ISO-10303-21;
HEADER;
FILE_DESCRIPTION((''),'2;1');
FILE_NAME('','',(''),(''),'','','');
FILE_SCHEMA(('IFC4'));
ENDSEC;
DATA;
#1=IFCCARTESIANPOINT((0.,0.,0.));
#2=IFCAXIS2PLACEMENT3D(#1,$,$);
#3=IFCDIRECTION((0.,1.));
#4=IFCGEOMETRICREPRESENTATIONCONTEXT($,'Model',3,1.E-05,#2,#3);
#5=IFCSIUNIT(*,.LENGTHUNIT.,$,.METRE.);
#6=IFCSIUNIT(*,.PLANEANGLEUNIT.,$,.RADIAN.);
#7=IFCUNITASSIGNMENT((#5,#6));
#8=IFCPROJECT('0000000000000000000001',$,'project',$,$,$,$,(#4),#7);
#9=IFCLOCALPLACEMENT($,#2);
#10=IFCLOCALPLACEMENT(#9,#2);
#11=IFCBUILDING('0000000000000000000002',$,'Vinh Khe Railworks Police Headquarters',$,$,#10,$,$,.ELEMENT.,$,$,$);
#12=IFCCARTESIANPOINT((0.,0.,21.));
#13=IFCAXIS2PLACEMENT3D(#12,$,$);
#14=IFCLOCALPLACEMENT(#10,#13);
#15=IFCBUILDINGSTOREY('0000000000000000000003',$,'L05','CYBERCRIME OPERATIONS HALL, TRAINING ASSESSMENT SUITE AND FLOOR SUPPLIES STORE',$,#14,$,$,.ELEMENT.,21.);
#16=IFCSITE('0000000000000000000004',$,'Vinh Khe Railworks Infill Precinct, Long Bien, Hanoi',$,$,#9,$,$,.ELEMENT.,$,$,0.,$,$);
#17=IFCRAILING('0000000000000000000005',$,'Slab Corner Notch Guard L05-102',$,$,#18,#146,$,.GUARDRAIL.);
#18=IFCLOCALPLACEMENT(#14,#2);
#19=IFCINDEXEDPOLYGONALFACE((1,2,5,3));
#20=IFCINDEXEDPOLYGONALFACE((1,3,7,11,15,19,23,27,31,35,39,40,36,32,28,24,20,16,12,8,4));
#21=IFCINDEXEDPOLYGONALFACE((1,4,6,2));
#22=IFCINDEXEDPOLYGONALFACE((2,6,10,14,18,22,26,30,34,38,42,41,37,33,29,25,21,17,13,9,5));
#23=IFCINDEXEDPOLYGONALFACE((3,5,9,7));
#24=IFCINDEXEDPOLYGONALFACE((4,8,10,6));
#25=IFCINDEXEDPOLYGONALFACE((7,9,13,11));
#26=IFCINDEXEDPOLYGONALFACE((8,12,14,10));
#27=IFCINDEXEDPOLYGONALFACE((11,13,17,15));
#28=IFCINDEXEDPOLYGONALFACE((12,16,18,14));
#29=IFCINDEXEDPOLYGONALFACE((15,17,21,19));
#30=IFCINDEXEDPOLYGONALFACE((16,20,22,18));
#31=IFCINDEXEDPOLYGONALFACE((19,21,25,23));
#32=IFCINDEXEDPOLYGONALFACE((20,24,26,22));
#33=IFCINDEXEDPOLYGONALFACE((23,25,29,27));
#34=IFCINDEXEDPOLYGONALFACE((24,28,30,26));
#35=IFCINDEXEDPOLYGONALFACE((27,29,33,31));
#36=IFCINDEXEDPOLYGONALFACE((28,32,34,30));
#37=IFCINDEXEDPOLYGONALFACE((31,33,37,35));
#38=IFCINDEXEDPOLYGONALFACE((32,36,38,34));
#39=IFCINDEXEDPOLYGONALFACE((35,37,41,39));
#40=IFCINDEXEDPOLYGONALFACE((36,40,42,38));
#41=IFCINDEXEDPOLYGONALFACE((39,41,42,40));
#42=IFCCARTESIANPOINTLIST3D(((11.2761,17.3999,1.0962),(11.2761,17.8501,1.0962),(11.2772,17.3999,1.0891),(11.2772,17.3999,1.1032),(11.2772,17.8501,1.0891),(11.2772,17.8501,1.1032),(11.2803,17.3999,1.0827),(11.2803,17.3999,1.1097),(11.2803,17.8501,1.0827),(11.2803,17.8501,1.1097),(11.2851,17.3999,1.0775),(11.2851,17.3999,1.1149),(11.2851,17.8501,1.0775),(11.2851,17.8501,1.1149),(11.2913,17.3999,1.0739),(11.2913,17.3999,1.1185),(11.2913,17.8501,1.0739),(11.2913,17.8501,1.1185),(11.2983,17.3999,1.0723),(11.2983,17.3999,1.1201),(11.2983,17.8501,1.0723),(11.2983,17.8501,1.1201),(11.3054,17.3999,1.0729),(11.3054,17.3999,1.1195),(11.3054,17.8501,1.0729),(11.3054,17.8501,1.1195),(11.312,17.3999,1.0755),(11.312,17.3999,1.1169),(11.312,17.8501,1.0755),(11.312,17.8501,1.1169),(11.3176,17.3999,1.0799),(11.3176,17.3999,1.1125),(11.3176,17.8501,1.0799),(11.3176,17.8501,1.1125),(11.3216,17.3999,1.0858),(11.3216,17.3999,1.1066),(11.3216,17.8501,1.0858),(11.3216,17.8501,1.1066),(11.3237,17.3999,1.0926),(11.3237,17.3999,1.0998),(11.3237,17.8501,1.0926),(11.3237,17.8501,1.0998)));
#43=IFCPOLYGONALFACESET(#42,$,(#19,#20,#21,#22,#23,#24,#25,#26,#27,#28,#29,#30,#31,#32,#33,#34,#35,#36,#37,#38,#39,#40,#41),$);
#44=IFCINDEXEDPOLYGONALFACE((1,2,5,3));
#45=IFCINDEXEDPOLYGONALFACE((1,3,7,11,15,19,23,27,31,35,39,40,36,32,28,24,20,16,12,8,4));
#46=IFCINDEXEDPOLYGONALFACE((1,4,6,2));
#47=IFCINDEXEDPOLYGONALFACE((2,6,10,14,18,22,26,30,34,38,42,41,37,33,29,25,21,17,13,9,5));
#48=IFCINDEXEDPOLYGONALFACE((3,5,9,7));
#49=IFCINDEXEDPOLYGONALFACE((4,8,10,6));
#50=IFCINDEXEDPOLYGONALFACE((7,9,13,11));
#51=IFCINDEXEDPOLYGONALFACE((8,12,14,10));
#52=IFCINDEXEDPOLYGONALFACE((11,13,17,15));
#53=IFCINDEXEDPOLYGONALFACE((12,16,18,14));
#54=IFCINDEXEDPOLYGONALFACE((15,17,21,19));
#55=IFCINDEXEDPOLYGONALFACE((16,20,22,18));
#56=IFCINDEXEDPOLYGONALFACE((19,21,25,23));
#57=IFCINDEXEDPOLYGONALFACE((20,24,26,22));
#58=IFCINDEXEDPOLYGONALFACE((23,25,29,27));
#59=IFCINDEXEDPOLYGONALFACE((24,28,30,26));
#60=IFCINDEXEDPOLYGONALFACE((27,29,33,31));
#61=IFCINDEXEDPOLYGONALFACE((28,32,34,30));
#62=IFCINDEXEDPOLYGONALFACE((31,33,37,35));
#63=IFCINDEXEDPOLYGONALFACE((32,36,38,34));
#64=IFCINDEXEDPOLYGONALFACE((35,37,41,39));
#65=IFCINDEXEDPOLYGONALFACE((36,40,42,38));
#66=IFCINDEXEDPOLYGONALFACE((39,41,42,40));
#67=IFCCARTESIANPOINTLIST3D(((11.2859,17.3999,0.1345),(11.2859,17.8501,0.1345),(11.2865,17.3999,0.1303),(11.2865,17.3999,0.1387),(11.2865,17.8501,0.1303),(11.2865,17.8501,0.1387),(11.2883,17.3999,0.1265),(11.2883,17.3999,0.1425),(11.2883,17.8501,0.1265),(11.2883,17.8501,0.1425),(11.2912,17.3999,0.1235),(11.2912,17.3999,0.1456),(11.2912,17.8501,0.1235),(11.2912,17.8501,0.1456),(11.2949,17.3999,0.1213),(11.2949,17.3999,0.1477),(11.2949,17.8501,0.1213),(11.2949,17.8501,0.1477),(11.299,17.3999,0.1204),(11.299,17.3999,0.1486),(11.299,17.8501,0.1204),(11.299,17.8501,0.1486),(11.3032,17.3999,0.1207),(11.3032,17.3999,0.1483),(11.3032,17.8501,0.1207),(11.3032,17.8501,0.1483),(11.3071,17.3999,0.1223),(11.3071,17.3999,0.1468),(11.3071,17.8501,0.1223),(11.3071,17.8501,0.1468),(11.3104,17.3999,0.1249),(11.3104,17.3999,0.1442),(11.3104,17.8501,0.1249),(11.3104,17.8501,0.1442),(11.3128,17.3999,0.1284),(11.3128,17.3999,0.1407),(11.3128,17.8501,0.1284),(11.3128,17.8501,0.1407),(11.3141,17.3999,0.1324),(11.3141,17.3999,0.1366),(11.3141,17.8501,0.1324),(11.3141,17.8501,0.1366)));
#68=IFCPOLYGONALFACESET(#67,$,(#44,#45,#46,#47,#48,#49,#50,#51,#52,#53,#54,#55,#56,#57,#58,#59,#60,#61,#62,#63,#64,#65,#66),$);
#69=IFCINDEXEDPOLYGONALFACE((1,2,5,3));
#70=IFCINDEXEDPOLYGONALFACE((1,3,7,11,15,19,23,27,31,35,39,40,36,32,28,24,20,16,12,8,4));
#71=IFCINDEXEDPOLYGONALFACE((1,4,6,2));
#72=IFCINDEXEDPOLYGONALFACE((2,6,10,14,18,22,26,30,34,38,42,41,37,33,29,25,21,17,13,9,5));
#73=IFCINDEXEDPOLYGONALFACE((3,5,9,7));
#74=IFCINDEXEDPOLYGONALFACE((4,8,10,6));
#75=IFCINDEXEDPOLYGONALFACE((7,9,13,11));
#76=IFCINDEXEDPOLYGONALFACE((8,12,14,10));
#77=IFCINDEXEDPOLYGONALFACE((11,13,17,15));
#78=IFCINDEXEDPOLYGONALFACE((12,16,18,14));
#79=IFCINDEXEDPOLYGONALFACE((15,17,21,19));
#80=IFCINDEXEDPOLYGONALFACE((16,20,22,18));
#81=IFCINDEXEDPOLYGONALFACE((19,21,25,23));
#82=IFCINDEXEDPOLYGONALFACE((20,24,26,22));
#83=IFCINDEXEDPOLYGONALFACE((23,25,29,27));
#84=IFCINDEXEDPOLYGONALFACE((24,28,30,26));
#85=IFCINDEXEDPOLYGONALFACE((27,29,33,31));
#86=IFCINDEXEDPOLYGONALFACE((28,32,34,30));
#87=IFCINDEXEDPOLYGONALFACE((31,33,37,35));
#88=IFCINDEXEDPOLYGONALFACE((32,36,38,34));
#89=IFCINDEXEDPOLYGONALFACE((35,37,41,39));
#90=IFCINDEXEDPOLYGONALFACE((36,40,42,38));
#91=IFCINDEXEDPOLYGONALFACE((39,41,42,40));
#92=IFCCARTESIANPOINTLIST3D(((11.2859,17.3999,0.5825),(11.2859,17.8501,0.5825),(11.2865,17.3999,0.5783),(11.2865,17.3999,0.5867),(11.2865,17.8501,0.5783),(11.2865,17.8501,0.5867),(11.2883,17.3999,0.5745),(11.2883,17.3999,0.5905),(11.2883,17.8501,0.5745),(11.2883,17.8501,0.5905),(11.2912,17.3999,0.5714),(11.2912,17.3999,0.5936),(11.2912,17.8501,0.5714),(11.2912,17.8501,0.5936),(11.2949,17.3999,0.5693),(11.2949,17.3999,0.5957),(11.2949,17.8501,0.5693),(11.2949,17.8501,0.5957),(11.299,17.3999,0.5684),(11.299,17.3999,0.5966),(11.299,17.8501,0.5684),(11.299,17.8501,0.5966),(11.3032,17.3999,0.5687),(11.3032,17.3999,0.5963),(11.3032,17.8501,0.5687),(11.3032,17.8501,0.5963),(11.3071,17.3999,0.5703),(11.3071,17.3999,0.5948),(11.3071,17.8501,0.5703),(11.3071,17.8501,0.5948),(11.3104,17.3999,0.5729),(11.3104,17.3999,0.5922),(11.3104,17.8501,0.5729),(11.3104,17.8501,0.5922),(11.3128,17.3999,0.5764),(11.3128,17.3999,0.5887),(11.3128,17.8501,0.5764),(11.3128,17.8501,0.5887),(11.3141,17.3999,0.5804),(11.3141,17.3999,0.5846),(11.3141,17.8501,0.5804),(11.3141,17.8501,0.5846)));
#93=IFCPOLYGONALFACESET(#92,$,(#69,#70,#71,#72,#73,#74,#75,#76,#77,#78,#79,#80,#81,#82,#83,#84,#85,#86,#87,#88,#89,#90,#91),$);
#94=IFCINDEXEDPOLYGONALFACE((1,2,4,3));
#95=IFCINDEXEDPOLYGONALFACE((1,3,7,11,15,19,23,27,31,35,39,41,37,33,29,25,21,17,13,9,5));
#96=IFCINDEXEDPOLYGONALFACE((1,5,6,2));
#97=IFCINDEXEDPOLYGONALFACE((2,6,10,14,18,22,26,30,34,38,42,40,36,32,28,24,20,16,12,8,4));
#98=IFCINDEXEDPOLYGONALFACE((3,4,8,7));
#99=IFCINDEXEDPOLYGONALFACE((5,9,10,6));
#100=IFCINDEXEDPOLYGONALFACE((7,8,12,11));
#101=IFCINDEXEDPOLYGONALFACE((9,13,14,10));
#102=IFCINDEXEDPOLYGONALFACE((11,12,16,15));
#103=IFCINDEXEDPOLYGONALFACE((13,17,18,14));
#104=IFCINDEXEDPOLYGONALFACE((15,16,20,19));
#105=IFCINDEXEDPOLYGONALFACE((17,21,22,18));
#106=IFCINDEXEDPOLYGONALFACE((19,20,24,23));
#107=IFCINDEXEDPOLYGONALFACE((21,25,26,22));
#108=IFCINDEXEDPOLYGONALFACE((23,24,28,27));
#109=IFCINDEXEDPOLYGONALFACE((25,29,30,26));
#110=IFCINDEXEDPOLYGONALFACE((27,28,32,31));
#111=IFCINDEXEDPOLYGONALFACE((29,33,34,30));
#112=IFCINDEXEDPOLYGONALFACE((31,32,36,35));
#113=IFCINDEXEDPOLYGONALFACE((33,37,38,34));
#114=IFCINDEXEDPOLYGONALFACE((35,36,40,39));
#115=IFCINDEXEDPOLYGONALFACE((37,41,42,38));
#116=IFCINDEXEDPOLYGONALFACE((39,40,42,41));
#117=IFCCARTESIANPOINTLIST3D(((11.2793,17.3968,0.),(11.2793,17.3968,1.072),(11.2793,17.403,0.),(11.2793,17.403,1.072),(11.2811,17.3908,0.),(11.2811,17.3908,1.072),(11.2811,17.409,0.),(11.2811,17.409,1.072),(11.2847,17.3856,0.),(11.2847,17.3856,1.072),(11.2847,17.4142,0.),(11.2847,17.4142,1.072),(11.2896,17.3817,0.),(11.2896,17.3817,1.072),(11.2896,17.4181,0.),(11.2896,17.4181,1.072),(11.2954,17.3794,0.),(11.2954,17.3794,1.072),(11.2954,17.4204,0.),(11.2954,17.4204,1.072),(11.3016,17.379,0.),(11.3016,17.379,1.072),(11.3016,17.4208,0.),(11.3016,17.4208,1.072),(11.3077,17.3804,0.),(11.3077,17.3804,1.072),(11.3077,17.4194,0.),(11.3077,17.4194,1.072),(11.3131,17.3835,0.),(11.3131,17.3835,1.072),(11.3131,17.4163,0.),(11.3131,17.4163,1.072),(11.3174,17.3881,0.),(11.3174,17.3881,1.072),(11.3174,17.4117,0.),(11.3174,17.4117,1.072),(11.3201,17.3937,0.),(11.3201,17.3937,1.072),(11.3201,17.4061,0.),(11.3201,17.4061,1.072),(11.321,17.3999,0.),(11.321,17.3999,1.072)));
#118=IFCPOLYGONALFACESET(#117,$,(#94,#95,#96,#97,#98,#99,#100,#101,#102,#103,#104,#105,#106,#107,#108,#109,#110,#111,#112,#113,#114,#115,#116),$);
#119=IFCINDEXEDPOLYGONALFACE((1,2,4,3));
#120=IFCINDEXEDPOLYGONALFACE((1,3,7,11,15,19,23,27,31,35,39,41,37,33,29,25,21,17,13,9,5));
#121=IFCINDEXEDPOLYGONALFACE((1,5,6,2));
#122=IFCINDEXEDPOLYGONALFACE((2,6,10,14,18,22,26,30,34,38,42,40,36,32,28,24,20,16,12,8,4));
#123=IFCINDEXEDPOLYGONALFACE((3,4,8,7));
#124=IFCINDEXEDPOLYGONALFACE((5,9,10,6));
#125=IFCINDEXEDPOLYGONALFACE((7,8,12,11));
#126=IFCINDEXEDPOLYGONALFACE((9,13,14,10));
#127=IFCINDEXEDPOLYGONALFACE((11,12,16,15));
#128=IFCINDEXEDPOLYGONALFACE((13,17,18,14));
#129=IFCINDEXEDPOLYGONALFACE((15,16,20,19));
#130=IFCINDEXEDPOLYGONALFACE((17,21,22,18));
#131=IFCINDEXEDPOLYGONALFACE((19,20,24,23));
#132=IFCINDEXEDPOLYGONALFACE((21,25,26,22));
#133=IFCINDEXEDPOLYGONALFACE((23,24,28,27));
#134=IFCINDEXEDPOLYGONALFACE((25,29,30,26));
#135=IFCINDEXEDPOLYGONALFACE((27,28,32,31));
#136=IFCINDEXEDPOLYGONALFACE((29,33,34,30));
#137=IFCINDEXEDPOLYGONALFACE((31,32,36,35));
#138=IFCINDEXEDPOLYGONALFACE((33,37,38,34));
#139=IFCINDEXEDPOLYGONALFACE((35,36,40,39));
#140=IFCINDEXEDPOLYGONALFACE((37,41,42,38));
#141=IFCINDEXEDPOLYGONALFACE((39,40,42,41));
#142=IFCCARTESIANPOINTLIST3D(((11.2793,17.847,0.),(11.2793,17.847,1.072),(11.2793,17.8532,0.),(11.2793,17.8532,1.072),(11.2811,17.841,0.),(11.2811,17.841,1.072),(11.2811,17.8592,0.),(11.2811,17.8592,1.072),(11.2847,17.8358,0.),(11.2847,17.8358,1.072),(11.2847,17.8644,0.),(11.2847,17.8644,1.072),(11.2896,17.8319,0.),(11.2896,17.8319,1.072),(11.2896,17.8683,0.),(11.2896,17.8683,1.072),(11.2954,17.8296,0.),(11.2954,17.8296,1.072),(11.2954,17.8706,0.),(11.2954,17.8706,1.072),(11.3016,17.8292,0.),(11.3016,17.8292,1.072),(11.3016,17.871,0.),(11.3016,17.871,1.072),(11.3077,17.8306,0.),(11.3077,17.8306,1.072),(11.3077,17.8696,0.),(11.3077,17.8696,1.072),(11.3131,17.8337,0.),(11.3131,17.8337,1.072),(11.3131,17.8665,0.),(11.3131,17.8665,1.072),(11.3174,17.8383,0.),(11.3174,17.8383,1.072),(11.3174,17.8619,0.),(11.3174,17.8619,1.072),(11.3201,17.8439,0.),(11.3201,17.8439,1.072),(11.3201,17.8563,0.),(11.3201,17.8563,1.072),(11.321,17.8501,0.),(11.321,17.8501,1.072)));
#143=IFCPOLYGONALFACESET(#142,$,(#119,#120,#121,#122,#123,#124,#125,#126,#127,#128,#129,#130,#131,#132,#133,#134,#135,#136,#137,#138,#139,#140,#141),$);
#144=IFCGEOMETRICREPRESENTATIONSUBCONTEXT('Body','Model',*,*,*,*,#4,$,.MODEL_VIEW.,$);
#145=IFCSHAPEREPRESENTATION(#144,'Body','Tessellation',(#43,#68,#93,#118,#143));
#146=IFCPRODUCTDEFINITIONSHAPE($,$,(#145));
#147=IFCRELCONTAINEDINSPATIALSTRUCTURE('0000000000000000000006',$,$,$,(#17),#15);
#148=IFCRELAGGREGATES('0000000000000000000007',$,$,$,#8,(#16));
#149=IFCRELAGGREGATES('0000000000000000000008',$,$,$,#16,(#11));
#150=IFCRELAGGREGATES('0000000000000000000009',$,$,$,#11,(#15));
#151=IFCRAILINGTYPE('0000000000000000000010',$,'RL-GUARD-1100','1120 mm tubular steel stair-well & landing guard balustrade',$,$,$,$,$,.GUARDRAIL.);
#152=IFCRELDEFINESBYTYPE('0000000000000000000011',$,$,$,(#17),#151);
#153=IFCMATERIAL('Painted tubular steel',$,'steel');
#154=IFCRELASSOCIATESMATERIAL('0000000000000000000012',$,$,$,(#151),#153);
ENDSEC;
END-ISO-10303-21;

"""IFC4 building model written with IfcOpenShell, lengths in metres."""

from ifc_helpers import new_model, si_unit, direction, frame, origin, origin_2d, place, context, subcontext, project, spatial, circle, extrude, material, type_object, element, save


model = new_model("IFC4")

# Units and contexts
model_context = context("Model", 3, precision=1e-05, world=origin(), true_north=direction((0.0, 1.0)))
body_context = subcontext(model_context, "Body", "Model", "MODEL_VIEW")
ifc_project = project(units=[si_unit("LENGTHUNIT", "METRE"), si_unit("PLANEANGLEUNIT", "RADIAN")], contexts=[model_context])

# Site, building, storey
site_placement = place(None, origin())
site = spatial("IfcSite", under=ifc_project, at=site_placement, Name="Vinh Khe Railworks Infill Precinct, Long Bien, Hanoi", CompositionType="ELEMENT", RefElevation=0.0)
building_placement = place(site_placement, origin())
building = spatial("IfcBuilding", under=site, at=building_placement, Name="Vinh Khe Railworks Police Headquarters", CompositionType="ELEMENT")
storey_placement = place(building_placement, frame((0.0, 0.0, 21.0)))
storey = spatial("IfcBuildingStorey", under=building, at=storey_placement, Name="L05", Description="CYBERCRIME OPERATIONS HALL, TRAINING ASSESSMENT SUITE AND FLOOR SUPPLIES STORE", CompositionType="ELEMENT", Elevation=21.0)

# Railing
ifc_material_1 = material(Name="Painted tubular steel", Category="steel")
railing_type = type_object("IfcRailingType", Name="RL-GUARD-1100", Description="1120 mm tubular steel stair-well & landing guard balustrade", PredefinedType="GUARDRAIL", material=ifc_material_1)
railing_placement = place(storey_placement, frame((11.3, 17.3999, 0.0)))
element("IfcRailing", 1, at=railing_placement, inside=storey, type_object=railing_type, Name="Slab Corner Notch Guard L05-102", PredefinedType="GUARDRAIL", context=body_context, shape_type="SweptSolid", body=[
    extrude(circle(Radius=0.0239, at=origin_2d()), frame((0.0, 0.0, 1.0962), z_axis=(0.0, 1.0, 0.0), x_axis=(-1.0, 0.0, 0.0)), (0.0, 0.0, 1.0), 0.4502),
    extrude(circle(Radius=0.0142, at=origin_2d()), frame((0.0, 0.0, 0.1345), z_axis=(0.0, 1.0, 0.0), x_axis=(-1.0, 0.0, 0.0)), (0.0, 0.0, 1.0), 0.4502),
    extrude(circle(Radius=0.0142, at=origin_2d()), frame((0.0, 0.0, 0.5825), z_axis=(0.0, 1.0, 0.0), x_axis=(-1.0, 0.0, 0.0)), (0.0, 0.0, 1.0), 0.4502),
    extrude(circle(Radius=0.021, at=origin_2d()), origin(), (0.0, 0.0, 1.0), 1.072),
    extrude(circle(Radius=0.021, at=origin_2d()), frame((0.0, 0.4502, 0.0)), (0.0, 0.0, 1.0), 1.072),
])

save(model, "model.ifc")
